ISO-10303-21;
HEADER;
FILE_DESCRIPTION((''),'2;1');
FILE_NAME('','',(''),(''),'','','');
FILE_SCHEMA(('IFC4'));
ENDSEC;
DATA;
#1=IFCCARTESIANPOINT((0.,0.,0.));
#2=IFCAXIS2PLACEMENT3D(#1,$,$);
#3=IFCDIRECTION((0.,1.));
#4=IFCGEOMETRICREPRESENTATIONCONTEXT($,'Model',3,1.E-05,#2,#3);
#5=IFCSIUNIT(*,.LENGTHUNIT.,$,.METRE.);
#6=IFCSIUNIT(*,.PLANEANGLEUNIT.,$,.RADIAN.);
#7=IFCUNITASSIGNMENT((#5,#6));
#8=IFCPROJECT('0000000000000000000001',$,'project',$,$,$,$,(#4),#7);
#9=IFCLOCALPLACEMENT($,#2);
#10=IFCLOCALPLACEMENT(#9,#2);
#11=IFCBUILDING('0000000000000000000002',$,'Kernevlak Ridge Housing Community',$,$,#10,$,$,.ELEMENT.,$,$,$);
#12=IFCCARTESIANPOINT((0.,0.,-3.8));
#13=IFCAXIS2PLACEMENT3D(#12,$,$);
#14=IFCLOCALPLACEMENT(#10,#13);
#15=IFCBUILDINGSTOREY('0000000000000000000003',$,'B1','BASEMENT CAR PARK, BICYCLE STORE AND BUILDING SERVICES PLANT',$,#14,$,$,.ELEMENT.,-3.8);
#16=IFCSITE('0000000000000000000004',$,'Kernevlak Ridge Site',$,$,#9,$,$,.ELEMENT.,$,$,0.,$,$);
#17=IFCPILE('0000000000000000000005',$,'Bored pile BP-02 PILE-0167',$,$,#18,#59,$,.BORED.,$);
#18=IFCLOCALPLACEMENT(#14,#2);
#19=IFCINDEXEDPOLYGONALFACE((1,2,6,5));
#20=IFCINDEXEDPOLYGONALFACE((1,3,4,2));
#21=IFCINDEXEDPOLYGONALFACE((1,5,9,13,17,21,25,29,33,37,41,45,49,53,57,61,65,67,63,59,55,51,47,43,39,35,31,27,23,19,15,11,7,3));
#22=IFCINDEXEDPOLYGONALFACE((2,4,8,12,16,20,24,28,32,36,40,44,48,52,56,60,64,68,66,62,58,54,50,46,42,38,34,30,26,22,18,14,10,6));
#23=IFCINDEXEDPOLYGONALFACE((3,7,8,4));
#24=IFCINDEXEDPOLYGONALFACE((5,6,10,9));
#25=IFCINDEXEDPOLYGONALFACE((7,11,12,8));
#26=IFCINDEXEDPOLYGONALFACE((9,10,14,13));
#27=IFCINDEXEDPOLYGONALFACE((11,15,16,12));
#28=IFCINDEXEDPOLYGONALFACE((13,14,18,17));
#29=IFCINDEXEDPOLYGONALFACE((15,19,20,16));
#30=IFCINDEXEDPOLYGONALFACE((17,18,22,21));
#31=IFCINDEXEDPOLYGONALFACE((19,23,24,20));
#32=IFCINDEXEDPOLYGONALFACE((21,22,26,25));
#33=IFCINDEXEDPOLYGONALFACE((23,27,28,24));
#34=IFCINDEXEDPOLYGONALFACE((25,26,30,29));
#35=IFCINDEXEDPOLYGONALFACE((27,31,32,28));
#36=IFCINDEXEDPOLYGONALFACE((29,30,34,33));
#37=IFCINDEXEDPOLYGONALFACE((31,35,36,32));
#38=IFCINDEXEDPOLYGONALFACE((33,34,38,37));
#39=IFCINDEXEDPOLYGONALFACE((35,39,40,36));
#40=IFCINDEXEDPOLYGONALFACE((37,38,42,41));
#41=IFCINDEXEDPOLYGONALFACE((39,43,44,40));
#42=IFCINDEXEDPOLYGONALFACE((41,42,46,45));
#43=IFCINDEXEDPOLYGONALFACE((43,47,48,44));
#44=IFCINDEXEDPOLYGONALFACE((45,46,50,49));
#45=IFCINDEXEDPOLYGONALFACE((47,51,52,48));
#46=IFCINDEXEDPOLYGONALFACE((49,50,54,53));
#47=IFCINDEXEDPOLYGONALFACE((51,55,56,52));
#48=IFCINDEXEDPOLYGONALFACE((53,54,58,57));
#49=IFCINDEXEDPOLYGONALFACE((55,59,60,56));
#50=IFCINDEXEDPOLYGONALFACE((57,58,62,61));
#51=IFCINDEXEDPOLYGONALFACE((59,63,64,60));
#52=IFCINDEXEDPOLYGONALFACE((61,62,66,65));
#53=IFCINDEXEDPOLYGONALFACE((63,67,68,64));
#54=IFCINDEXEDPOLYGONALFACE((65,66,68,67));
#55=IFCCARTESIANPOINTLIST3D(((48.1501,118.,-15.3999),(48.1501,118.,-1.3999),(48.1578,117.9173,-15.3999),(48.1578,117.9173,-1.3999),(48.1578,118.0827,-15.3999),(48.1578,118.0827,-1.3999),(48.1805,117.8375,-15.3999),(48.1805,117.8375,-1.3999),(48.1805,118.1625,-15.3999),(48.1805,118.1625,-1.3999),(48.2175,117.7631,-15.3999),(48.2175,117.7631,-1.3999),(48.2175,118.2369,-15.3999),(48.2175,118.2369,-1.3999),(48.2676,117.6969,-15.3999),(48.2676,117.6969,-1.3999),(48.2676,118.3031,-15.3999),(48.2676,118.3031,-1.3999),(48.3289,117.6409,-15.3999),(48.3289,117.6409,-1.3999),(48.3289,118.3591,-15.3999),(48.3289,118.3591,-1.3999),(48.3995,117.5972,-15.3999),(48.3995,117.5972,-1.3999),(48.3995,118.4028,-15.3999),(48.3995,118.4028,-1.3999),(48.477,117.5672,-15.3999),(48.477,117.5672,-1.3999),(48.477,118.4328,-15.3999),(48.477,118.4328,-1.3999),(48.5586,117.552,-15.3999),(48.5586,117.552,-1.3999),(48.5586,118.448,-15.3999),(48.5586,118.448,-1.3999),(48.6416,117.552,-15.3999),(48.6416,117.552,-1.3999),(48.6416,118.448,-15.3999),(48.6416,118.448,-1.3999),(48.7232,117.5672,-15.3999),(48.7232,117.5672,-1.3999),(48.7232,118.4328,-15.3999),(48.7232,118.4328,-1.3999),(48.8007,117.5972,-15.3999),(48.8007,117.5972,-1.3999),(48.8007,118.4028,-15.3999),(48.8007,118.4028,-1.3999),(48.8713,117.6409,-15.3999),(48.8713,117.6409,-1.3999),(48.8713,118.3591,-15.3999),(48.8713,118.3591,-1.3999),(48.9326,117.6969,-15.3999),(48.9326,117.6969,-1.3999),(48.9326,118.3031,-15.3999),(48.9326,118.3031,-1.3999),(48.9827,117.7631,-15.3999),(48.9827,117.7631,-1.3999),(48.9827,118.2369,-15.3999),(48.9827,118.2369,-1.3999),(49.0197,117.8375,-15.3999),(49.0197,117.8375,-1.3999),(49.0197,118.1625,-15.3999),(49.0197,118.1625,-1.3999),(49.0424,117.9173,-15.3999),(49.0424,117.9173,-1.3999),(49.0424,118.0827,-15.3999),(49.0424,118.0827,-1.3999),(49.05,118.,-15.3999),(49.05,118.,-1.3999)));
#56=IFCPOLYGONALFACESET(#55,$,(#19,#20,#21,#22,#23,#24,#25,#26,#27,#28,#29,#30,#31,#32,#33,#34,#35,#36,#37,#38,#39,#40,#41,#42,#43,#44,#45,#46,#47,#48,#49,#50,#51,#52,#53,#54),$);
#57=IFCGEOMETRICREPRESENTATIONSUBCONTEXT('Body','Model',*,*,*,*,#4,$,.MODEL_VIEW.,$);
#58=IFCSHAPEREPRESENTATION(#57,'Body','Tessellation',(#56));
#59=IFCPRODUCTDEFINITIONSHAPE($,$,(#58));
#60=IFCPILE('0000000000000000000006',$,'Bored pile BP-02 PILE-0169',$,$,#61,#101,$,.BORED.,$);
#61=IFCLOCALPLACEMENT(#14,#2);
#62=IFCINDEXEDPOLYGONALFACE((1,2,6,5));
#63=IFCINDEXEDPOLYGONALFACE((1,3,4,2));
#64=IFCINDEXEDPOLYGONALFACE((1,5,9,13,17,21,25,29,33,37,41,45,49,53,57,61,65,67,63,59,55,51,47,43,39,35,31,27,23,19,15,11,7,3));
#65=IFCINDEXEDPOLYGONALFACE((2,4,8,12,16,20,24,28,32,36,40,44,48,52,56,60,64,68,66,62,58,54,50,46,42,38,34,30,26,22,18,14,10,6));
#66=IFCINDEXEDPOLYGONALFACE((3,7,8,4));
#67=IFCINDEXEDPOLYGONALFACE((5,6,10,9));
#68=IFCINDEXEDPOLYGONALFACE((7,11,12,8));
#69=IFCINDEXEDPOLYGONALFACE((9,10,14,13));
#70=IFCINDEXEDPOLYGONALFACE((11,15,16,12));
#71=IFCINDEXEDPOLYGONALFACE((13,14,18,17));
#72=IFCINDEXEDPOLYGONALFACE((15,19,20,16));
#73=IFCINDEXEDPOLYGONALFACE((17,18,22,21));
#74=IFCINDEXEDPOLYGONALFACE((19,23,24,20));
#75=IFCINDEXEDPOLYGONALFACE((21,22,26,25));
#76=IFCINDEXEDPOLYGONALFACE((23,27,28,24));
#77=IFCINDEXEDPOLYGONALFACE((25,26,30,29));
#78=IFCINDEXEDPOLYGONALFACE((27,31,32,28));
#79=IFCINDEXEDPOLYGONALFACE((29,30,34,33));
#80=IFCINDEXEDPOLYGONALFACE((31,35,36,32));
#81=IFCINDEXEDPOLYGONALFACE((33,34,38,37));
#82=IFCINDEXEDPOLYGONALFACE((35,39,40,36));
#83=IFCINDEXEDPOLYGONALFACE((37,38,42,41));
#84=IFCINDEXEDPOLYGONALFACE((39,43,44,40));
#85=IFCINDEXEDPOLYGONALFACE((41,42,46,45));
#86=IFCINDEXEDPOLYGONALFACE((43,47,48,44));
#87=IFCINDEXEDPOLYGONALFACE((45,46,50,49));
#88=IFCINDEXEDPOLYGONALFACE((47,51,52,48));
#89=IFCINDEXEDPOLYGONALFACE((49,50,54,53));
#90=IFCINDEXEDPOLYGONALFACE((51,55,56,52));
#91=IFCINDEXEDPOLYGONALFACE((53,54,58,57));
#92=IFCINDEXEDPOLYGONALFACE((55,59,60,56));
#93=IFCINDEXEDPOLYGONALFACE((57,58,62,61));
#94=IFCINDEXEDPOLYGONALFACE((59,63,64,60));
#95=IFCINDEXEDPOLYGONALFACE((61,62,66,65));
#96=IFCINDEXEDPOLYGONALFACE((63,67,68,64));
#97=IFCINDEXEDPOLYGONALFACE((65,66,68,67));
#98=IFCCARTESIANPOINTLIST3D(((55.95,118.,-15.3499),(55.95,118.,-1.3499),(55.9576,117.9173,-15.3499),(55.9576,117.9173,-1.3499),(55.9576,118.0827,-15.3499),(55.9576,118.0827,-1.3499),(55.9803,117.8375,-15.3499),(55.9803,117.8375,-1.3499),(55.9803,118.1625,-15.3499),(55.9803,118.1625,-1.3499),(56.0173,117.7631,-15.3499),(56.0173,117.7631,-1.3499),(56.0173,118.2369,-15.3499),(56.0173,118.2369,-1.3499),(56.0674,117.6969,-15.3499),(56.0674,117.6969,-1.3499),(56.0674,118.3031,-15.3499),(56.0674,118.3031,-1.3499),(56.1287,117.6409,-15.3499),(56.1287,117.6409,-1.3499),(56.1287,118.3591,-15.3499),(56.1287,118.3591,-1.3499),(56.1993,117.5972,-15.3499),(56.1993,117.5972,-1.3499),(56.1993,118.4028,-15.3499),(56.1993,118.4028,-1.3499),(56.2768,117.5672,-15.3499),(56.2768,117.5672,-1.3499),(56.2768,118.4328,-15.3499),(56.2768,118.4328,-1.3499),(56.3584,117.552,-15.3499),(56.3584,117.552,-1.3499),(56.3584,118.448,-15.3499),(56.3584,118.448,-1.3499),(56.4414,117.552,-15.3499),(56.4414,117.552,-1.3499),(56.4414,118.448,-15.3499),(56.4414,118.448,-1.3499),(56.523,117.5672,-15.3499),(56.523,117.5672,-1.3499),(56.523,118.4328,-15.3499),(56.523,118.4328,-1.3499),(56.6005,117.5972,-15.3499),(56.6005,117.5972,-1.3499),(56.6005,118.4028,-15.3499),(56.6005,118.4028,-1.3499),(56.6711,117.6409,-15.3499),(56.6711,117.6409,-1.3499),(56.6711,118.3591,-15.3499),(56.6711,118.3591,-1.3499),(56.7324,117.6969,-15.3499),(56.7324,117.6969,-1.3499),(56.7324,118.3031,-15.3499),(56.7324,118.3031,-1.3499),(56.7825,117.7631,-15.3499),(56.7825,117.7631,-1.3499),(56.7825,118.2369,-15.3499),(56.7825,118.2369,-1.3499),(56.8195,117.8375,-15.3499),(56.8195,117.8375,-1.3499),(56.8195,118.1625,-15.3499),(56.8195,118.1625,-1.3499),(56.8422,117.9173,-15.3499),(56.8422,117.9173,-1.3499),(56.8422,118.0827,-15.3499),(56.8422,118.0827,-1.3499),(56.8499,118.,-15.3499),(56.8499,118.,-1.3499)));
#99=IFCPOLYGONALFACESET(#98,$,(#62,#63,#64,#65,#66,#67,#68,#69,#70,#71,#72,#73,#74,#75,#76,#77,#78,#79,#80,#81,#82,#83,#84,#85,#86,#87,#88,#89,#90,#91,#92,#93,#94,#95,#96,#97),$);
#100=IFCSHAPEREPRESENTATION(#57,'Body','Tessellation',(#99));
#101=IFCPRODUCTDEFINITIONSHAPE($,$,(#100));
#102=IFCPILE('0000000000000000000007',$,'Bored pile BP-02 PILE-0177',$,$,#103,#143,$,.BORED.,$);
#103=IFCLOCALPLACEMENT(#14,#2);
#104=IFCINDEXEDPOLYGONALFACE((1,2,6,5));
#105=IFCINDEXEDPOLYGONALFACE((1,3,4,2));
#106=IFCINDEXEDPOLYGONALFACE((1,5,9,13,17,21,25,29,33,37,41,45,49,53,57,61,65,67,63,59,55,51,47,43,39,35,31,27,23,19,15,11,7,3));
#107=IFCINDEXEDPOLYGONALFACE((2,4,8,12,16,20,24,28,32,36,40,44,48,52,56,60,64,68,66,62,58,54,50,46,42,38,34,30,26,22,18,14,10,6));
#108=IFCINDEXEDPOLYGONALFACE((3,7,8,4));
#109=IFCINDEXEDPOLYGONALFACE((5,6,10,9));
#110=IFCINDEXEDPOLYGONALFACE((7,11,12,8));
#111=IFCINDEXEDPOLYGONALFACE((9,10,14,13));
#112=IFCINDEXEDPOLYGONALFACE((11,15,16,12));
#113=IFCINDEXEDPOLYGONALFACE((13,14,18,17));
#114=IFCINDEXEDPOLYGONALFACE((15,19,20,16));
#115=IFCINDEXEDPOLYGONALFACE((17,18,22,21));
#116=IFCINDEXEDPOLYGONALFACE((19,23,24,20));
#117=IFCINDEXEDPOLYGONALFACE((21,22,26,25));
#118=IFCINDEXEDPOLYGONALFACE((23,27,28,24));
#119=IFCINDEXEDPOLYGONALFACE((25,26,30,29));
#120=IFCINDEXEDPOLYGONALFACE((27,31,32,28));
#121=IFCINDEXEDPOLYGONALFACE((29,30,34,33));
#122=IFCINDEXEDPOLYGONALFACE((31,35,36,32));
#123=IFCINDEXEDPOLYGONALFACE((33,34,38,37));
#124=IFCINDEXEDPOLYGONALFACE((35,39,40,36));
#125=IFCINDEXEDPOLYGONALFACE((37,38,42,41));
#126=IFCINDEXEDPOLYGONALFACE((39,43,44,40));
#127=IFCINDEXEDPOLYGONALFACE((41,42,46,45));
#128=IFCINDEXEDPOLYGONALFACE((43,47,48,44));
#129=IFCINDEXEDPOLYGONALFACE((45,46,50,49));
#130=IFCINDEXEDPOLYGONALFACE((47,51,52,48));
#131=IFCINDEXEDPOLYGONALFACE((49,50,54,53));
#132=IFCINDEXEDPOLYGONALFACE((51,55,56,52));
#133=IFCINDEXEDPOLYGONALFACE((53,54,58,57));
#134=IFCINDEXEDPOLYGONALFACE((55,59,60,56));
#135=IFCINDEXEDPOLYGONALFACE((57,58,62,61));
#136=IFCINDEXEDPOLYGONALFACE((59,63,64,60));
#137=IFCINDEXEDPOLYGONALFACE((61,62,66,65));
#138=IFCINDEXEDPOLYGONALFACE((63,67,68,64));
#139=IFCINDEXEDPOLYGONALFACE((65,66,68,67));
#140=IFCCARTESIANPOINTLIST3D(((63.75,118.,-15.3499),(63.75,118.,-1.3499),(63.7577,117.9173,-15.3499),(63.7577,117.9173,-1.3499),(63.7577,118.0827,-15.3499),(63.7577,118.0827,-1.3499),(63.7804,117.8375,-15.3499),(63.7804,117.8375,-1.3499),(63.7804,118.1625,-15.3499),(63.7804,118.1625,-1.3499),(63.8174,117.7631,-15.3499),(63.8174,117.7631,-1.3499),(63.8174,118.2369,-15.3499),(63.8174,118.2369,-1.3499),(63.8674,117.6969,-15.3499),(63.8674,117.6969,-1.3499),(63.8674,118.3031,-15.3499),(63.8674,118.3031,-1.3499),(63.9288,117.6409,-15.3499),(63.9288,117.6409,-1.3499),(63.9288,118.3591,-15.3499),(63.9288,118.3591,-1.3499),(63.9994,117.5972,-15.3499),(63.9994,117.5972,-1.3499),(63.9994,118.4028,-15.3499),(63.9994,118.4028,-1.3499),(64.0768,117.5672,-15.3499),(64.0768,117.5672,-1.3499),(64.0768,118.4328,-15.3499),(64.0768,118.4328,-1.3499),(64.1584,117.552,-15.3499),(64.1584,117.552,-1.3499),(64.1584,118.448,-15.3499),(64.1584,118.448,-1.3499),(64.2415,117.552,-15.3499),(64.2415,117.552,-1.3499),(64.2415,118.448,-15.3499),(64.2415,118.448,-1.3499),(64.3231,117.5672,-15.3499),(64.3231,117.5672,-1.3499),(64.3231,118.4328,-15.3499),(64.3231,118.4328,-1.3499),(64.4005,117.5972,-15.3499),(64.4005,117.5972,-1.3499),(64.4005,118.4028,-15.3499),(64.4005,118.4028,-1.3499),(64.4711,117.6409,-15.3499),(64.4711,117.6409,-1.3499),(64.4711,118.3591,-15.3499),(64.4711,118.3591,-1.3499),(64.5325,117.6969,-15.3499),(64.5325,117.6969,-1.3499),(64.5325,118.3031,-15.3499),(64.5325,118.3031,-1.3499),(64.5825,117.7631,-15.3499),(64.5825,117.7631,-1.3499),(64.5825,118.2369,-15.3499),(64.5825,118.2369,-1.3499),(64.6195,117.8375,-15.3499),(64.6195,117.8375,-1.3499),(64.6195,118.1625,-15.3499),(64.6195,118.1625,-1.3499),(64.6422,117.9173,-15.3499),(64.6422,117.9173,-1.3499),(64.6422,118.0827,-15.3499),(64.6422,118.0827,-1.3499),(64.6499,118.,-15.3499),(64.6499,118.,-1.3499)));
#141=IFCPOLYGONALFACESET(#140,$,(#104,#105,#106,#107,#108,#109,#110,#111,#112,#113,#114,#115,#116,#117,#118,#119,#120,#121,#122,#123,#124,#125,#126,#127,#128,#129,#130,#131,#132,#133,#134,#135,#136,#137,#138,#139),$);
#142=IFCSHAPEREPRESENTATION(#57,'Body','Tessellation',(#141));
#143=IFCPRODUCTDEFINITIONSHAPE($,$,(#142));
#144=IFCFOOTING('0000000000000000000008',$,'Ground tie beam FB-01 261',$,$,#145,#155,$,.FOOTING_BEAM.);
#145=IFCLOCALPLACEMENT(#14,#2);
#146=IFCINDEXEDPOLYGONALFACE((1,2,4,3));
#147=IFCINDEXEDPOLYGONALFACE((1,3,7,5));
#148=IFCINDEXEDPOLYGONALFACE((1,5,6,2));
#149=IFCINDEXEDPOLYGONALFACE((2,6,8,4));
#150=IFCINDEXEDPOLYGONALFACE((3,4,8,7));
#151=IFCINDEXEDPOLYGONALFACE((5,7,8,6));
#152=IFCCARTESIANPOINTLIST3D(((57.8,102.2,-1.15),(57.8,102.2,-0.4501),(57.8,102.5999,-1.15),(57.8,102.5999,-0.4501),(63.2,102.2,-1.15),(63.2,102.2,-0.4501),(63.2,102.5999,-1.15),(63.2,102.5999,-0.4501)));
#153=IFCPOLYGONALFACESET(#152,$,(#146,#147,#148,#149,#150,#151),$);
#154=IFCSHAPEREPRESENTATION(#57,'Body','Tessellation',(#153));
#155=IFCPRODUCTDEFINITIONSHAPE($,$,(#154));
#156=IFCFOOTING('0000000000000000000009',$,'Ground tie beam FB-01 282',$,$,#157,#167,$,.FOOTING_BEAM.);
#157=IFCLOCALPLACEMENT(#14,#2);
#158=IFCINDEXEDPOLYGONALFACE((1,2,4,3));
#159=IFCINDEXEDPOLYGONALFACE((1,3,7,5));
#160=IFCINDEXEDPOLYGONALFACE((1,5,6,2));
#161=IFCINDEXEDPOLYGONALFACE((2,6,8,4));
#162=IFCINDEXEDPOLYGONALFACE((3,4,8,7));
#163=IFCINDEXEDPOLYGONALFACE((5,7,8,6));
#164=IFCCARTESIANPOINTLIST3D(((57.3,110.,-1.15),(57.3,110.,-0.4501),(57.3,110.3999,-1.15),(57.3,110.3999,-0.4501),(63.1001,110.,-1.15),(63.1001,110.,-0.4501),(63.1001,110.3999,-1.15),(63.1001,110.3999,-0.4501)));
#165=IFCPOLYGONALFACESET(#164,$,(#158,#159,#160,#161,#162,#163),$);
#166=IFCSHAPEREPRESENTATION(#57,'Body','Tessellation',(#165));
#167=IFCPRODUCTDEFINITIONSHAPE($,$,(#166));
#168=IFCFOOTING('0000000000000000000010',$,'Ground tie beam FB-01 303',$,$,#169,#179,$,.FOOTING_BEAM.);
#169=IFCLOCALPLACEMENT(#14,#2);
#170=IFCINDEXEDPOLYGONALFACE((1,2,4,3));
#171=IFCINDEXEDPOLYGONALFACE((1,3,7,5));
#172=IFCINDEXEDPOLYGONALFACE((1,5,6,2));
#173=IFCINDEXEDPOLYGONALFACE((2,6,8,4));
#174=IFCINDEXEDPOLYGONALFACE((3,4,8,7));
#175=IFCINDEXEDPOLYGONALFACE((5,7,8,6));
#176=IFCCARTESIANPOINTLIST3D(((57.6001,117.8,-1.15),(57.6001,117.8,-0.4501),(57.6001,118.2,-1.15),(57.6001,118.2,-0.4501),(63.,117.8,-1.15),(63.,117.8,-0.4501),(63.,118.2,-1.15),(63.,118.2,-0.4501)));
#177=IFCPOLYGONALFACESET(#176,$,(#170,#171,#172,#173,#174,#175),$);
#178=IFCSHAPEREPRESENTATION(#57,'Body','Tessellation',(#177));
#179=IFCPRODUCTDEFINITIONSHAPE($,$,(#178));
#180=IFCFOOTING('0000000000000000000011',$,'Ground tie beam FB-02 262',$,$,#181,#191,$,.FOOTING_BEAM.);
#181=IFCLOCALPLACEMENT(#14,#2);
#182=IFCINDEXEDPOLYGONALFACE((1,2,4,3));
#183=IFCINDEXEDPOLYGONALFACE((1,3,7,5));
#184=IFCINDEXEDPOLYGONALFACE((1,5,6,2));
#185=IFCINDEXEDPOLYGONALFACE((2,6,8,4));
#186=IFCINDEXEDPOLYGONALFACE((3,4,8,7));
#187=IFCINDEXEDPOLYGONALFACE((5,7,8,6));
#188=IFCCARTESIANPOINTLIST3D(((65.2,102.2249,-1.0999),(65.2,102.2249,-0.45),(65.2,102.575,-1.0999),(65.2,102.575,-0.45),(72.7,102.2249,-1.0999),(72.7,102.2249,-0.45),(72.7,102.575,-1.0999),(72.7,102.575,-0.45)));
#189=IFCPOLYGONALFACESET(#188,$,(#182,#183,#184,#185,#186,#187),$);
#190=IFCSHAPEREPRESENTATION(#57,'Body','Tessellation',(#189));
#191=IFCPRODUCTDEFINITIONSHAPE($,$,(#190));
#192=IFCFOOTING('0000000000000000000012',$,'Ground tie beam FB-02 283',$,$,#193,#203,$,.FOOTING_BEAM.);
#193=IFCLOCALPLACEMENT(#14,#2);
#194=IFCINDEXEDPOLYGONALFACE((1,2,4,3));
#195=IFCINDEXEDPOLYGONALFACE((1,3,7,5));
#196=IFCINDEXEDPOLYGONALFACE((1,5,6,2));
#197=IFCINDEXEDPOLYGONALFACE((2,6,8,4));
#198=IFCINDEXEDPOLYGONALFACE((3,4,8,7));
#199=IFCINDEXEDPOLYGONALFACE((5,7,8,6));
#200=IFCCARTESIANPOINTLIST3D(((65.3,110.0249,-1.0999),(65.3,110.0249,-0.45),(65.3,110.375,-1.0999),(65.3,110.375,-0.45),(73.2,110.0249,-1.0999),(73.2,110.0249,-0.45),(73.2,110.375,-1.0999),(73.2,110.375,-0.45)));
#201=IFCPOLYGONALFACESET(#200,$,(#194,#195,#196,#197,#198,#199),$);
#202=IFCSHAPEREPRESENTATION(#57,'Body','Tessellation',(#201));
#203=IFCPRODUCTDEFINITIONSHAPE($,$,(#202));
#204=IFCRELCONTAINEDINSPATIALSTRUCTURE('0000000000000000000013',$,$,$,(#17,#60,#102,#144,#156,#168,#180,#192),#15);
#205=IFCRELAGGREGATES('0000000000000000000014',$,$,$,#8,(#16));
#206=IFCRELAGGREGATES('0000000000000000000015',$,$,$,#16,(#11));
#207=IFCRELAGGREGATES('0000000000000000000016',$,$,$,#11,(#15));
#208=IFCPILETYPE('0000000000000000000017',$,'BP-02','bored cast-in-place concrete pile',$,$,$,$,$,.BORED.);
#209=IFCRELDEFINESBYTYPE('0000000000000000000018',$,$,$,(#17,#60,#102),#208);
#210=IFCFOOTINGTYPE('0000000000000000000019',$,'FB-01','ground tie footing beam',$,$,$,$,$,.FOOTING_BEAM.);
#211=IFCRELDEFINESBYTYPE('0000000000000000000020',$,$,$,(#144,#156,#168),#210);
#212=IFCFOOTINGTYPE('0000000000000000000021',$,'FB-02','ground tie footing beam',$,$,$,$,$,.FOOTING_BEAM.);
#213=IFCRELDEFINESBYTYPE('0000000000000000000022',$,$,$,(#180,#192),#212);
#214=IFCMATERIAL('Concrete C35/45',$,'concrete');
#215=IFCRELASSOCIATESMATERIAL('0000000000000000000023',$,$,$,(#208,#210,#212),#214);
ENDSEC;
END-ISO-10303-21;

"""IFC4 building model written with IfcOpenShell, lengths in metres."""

from ifc_helpers import new_model, si_unit, direction, frame, origin, origin_2d, place, context, subcontext, project, spatial, rectangle, circle, extrude, material, material_profile, profile_set, type_object, element, save


model = new_model("IFC4")

# Units and contexts
model_context = context("Model", 3, precision=1e-05, world=origin(), true_north=direction((0.0, 1.0)))
body_context = subcontext(model_context, "Body", "Model", "MODEL_VIEW")
ifc_project = project(units=[si_unit("LENGTHUNIT", "METRE"), si_unit("PLANEANGLEUNIT", "RADIAN")], contexts=[model_context])

# Site, building, storey
site_placement = place(None, origin())
site = spatial("IfcSite", under=ifc_project, at=site_placement, Name="Kernevlak Ridge Site", CompositionType="ELEMENT", RefElevation=0.0)
building_placement = place(site_placement, origin())
building = spatial("IfcBuilding", under=site, at=building_placement, Name="Kernevlak Ridge Housing Community", CompositionType="ELEMENT")
storey_placement = place(building_placement, frame((0.0, 0.0, -3.8)))
storey = spatial("IfcBuildingStorey", under=building, at=storey_placement, Name="B1", Description="BASEMENT CAR PARK, BICYCLE STORE AND BUILDING SERVICES PLANT", CompositionType="ELEMENT", Elevation=-3.8)

# Piles
ifc_material_1 = material(Name="Concrete C35/45", Category="concrete")
ifc_material_profile_1 = material_profile(ifc_material_1, circle(Radius=0.45, at=origin_2d()), Name="BORED PILE 900")
ifc_profile_set_1 = profile_set([ifc_material_profile_1], Name="Concrete C35/45")
pile_type = type_object("IfcPileType", Name="BP-02", Description="bored cast-in-place concrete pile", PredefinedType="BORED", material=ifc_profile_set_1)
for number, where, z_axis, x_axis, name in (
    (1, (48.6001, 118.0, -1.3999), (0.0, 0.0, -1.0), (1.0, 0.0, 0.0), "Bored pile BP-02 PILE-0167"),
    (2, (56.3999, 118.0, -1.3499), (0.0, 0.0, -1.0), (1.0, 0.0, 0.0), "Bored pile BP-02 PILE-0169"),
    (3, (64.2, 118.0, -1.3499), (0.0, 0.0, -1.0), (1.0, 0.0, 0.0), "Bored pile BP-02 PILE-0177"),
):
    element("IfcPile", number, at=place(storey_placement, frame(where, z_axis=z_axis, x_axis=x_axis)), inside=storey, type_object=pile_type, Name=name, PredefinedType="BORED", context=body_context, shape_type="SweptSolid", body=[
        extrude(circle(Radius=0.45, at=origin_2d()), origin(), (0.0, 0.0, 1.0), 14.0),
    ])

# Footings
ifc_material_profile_2 = material_profile(ifc_material_1, rectangle(XDim=0.3999, YDim=0.7, at=origin_2d()), Name="RC 400x700")
ifc_profile_set_2 = profile_set([ifc_material_profile_2], Name="Concrete C35/45")
footing_type_1 = type_object("IfcFootingType", Name="FB-01", Description="ground tie footing beam", PredefinedType="FOOTING_BEAM", material=ifc_profile_set_2)
footing_1_placement = place(storey_placement, frame((57.8, 102.3999, -0.8), z_axis=(1.0, 0.0, 0.0), x_axis=(0.0, 1.0, 0.0)))
element("IfcFooting", 4, at=footing_1_placement, inside=storey, type_object=footing_type_1, Name="Ground tie beam FB-01 261", PredefinedType="FOOTING_BEAM", context=body_context, shape_type="SweptSolid", body=[
    extrude(rectangle(XDim=0.3999, YDim=0.7, at=origin_2d()), origin(), (0.0, 0.0, 1.0), 5.3999),
])
footing_2_placement = place(storey_placement, frame((57.3, 110.2, -0.8), z_axis=(1.0, 0.0, 0.0), x_axis=(0.0, 1.0, 0.0)))
element("IfcFooting", 5, at=footing_2_placement, inside=storey, type_object=footing_type_1, Name="Ground tie beam FB-01 282", PredefinedType="FOOTING_BEAM", context=body_context, shape_type="SweptSolid", body=[
    extrude(rectangle(XDim=0.3999, YDim=0.7, at=origin_2d()), origin(), (0.0, 0.0, 1.0), 5.8),
])
footing_3_placement = place(storey_placement, frame((57.6001, 118.0, -0.8), z_axis=(1.0, 0.0, 0.0), x_axis=(0.0, 1.0, 0.0)))
element("IfcFooting", 6, at=footing_3_placement, inside=storey, type_object=footing_type_1, Name="Ground tie beam FB-01 303", PredefinedType="FOOTING_BEAM", context=body_context, shape_type="SweptSolid", body=[
    extrude(rectangle(XDim=0.3999, YDim=0.7, at=origin_2d()), origin(), (0.0, 0.0, 1.0), 5.3999),
])
ifc_material_profile_3 = material_profile(ifc_material_1, rectangle(XDim=0.3501, YDim=0.6499, at=origin_2d()), Name="RC 350x650")
ifc_profile_set_3 = profile_set([ifc_material_profile_3], Name="Concrete C35/45")
footing_type_2 = type_object("IfcFootingType", Name="FB-02", Description="ground tie footing beam", PredefinedType="FOOTING_BEAM", material=ifc_profile_set_3)
footing_4_placement = place(storey_placement, frame((65.2, 102.3999, -0.7749), z_axis=(1.0, 0.0, 0.0), x_axis=(0.0, 1.0, 0.0)))
element("IfcFooting", 7, at=footing_4_placement, inside=storey, type_object=footing_type_2, Name="Ground tie beam FB-02 262", PredefinedType="FOOTING_BEAM", context=body_context, shape_type="SweptSolid", body=[
    extrude(rectangle(XDim=0.3501, YDim=0.6499, at=origin_2d()), origin(), (0.0, 0.0, 1.0), 7.5),
])
footing_5_placement = place(storey_placement, frame((65.3, 110.2, -0.7749), z_axis=(1.0, 0.0, 0.0), x_axis=(0.0, 1.0, 0.0)))
element("IfcFooting", 8, at=footing_5_placement, inside=storey, type_object=footing_type_2, Name="Ground tie beam FB-02 283", PredefinedType="FOOTING_BEAM", context=body_context, shape_type="SweptSolid", body=[
    extrude(rectangle(XDim=0.3501, YDim=0.6499, at=origin_2d()), origin(), (0.0, 0.0, 1.0), 7.8999),
])

save(model, "model.ifc")
